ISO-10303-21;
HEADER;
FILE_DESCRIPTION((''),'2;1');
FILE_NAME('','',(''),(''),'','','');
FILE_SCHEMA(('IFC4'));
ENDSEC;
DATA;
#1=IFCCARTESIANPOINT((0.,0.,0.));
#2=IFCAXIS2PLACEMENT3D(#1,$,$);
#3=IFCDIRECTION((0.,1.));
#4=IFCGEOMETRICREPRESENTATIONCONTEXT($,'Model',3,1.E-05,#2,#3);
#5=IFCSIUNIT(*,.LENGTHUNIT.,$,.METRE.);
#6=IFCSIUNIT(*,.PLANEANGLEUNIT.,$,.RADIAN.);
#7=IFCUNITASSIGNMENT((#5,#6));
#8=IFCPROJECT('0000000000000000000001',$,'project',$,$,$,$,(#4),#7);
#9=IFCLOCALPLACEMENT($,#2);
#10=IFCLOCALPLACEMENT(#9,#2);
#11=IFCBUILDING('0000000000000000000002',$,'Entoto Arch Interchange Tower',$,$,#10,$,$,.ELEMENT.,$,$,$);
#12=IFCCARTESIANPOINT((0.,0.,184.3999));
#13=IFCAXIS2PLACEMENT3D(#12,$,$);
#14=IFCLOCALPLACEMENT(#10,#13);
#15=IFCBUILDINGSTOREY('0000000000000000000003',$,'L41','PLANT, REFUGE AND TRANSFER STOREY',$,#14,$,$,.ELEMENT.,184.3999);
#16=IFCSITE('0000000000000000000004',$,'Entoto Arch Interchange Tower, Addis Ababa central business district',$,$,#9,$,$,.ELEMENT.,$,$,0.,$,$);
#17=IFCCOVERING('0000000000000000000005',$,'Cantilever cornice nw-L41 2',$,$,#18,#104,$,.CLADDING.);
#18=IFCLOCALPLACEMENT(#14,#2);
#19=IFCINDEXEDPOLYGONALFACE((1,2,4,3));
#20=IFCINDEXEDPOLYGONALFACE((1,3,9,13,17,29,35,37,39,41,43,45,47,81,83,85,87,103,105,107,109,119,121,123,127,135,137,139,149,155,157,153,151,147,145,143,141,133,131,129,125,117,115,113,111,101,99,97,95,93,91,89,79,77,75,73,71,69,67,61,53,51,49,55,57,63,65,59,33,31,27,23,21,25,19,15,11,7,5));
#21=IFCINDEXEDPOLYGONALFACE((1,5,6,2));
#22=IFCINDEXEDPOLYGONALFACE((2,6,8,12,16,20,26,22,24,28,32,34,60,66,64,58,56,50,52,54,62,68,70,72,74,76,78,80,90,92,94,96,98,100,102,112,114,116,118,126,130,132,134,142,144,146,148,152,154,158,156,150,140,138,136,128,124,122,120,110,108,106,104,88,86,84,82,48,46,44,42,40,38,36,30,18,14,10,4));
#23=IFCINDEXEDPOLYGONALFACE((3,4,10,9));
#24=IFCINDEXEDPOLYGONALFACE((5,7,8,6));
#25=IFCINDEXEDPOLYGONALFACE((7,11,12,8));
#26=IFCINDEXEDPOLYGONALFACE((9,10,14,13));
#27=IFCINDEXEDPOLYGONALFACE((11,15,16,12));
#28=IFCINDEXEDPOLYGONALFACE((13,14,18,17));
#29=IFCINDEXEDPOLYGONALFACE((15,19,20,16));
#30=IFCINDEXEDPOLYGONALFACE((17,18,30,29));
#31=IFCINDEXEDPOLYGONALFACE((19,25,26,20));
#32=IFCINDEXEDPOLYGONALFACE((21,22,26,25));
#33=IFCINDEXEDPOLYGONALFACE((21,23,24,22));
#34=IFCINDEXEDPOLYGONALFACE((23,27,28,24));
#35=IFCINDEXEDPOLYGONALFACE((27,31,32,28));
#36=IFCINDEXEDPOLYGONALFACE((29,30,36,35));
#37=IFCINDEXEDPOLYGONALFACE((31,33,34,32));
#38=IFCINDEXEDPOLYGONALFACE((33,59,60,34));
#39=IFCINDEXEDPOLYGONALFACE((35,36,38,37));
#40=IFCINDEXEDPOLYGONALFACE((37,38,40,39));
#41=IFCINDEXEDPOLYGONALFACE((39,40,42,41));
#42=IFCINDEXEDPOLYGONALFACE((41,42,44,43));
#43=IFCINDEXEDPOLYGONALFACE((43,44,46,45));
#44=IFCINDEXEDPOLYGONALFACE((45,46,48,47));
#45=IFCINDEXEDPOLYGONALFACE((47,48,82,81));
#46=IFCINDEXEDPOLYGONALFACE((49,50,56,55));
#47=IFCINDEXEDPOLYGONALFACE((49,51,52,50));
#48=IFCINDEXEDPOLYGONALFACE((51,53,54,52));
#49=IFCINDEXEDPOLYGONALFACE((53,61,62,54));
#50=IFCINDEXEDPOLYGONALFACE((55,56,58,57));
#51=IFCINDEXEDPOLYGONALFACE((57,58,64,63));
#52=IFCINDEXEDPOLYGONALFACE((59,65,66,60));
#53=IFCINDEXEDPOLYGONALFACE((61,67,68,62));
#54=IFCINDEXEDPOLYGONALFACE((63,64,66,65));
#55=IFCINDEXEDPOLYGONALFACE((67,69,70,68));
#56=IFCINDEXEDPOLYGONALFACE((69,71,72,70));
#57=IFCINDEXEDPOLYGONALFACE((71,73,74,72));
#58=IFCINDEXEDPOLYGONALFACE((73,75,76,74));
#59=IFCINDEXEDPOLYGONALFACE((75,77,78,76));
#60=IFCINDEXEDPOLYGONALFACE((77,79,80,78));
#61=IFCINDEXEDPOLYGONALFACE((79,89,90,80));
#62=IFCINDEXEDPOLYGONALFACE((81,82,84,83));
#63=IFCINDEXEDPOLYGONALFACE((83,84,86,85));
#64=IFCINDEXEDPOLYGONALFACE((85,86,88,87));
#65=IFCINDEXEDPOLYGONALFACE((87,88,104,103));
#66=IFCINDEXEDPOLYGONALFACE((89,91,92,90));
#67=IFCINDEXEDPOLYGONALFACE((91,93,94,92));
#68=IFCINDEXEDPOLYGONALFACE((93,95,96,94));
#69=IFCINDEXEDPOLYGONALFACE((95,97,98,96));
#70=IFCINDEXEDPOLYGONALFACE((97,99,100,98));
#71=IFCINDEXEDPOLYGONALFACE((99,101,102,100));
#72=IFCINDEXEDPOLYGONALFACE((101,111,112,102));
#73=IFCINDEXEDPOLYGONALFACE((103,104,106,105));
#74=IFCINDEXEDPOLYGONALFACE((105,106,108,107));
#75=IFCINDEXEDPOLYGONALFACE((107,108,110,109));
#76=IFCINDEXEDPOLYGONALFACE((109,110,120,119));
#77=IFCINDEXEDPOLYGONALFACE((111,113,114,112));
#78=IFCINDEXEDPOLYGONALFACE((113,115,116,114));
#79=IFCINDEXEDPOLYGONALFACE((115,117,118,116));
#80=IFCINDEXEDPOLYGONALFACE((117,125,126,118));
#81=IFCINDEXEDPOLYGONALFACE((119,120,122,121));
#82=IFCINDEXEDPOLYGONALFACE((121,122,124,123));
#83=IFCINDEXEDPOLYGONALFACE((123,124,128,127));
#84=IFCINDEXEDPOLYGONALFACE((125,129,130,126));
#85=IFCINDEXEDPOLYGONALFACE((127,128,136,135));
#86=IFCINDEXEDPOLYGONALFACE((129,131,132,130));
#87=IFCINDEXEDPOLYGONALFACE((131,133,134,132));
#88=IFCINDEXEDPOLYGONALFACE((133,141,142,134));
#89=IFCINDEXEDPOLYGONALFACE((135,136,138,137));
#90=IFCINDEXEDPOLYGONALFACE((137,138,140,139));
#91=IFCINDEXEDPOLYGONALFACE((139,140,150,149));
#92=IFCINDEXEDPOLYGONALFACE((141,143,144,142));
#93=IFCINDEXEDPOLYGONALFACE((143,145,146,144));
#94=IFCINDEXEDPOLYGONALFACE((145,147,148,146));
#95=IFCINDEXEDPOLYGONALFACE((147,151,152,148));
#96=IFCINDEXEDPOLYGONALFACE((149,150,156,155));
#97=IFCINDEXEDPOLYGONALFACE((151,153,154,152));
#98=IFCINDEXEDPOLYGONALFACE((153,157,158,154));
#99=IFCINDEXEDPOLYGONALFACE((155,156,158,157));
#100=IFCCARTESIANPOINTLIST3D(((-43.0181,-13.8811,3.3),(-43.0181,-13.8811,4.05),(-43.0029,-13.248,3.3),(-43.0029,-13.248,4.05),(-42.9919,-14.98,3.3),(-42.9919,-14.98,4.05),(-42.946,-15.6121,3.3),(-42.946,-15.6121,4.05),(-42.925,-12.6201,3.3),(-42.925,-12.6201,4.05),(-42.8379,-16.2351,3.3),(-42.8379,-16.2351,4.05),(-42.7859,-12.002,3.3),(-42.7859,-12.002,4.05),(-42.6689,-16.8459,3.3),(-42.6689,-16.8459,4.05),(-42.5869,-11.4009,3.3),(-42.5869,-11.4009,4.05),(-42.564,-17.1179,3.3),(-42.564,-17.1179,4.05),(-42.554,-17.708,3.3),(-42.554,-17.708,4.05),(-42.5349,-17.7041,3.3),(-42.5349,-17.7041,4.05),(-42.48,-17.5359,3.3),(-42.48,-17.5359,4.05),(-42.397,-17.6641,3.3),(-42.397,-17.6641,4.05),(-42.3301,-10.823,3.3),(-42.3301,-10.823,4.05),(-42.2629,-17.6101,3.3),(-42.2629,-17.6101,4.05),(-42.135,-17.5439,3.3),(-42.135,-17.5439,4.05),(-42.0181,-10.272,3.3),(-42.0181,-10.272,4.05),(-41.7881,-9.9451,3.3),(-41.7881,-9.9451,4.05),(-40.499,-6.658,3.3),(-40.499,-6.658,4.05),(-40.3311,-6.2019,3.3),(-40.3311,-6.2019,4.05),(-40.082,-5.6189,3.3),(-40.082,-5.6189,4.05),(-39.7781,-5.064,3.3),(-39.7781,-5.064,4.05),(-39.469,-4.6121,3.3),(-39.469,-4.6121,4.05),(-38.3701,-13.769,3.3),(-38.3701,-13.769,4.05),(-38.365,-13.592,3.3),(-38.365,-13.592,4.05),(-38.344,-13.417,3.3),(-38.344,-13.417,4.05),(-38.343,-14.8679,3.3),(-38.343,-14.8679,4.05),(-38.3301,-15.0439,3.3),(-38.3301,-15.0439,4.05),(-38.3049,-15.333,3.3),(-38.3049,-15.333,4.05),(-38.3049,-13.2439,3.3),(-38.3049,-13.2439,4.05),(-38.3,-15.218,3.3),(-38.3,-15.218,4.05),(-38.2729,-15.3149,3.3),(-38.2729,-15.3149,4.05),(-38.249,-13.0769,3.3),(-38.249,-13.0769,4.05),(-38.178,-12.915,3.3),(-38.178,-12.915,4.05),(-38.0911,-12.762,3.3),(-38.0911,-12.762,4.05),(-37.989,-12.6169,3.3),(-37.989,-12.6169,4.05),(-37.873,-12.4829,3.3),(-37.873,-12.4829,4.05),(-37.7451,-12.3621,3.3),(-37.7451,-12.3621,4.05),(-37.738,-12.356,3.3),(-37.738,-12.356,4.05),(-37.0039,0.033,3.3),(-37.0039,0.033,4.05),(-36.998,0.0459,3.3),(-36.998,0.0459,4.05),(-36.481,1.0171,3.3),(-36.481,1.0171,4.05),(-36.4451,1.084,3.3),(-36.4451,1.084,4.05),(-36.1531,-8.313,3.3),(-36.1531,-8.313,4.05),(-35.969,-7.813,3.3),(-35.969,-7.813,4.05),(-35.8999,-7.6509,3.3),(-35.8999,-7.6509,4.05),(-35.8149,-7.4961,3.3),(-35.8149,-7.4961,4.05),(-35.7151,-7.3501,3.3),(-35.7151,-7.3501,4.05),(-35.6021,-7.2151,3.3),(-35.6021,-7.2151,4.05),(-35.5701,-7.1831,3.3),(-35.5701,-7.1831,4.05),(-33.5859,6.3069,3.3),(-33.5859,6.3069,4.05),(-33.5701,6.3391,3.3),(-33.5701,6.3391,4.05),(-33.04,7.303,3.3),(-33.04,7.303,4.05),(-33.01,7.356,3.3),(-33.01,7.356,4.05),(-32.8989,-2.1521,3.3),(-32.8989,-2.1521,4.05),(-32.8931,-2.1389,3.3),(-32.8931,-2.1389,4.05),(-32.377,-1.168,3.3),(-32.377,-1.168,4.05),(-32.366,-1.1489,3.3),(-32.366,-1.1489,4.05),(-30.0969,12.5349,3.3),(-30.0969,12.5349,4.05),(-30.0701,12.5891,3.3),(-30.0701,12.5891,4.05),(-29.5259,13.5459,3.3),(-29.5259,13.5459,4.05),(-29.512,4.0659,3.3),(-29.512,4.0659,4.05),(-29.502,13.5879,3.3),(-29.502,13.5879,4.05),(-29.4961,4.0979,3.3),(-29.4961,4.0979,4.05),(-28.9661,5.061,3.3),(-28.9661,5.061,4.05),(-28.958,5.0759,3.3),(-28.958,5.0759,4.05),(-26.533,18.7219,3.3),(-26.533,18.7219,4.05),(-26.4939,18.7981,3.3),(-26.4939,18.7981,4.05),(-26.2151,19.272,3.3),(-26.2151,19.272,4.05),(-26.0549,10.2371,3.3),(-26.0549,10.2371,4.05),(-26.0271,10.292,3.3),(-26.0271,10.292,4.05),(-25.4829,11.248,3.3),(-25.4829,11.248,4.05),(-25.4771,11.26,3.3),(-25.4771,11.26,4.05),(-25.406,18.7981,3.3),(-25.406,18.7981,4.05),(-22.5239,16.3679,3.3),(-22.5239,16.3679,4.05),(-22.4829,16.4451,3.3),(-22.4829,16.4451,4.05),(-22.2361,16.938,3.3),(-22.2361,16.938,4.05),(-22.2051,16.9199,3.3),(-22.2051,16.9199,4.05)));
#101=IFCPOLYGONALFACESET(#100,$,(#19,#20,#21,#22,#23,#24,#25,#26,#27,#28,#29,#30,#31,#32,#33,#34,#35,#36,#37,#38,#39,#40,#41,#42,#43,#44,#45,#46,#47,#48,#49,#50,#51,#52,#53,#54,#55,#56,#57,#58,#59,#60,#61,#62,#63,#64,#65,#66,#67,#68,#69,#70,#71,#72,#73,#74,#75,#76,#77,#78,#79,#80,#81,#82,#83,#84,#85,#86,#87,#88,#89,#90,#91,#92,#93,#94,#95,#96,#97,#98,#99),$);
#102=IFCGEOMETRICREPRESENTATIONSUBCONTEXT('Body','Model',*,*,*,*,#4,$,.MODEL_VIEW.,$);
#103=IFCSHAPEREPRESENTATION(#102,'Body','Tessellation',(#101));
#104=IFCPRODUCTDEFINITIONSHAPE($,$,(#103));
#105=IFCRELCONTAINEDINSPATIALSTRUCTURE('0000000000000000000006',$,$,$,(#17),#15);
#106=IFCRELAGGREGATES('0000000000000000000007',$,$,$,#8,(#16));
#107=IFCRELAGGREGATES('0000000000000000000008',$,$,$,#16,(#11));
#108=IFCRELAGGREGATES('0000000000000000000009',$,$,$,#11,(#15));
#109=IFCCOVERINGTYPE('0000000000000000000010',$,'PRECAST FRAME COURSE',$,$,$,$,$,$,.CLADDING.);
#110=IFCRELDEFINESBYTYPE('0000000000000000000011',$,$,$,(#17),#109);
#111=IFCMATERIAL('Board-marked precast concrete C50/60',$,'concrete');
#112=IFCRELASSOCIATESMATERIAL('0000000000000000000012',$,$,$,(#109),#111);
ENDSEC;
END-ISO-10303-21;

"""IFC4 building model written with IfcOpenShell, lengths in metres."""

from ifc_helpers import new_model, si_unit, direction, frame, origin, place, context, subcontext, project, spatial, polyline, outline, extrude, material, type_object, element, save


model = new_model("IFC4")

# Units and contexts
model_context = context("Model", 3, precision=1e-05, world=origin(), true_north=direction((0.0, 1.0)))
body_context = subcontext(model_context, "Body", "Model", "MODEL_VIEW")
ifc_project = project(units=[si_unit("LENGTHUNIT", "METRE"), si_unit("PLANEANGLEUNIT", "RADIAN")], contexts=[model_context])

# Site, building, storey
site_placement = place(None, origin())
site = spatial("IfcSite", under=ifc_project, at=site_placement, Name="Entoto Arch Interchange Tower, Addis Ababa central business district", CompositionType="ELEMENT", RefElevation=0.0)
building_placement = place(site_placement, origin())
building = spatial("IfcBuilding", under=site, at=building_placement, Name="Entoto Arch Interchange Tower", CompositionType="ELEMENT")
storey_placement = place(building_placement, frame((0.0, 0.0, 184.3999)))
storey = spatial("IfcBuildingStorey", under=building, at=storey_placement, Name="L41", Description="PLANT, REFUGE AND TRANSFER STOREY", CompositionType="ELEMENT", Elevation=184.3999)

# Covering
ifc_material_1 = material(Name="Board-marked precast concrete C50/60", Category="concrete")
covering_type_1 = type_object("IfcCoveringType", Name="PRECAST FRAME COURSE", PredefinedType="CLADDING", material=ifc_material_1)
covering_1_placement = place(storey_placement, frame((0.0, 0.0, 3.3)))
element("IfcCovering", 1, at=covering_1_placement, inside=storey, type_object=covering_type_1, Name="Cantilever cornice nw-L41 2", PredefinedType="CLADDING", context=body_context, shape_type="SweptSolid", body=[
    extrude(outline(polyline([(-42.2629, -17.6101), (-42.397, -17.6641), (-42.5349, -17.7041), (-42.554, -17.708), (-42.48, -17.5359), (-42.564, -17.1179), (-42.6689, -16.8459), (-42.8379, -16.2351), (-42.946, -15.6121), (-42.9919, -14.98), (-43.0181, -13.8811), (-43.0029, -13.248), (-42.925, -12.6201), (-42.7859, -12.002), (-42.5869, -11.4009), (-42.3301, -10.823), (-42.0181, -10.272), (-41.7881, -9.9451), (-40.499, -6.658), (-40.3311, -6.2019), (-40.082, -5.6189), (-39.7781, -5.064), (-39.469, -4.6121), (-37.0039, 0.033), (-36.998, 0.0459), (-36.481, 1.0171), (-36.4451, 1.084), (-33.5859, 6.3069), (-33.5701, 6.3391), (-33.04, 7.303), (-33.01, 7.356), (-30.0969, 12.5349), (-30.0701, 12.5891), (-29.5259, 13.5459), (-29.502, 13.5879), (-26.533, 18.7219), (-26.4939, 18.7981), (-26.2151, 19.272), (-25.406, 18.7981), (-22.2361, 16.938), (-22.2051, 16.9199), (-22.4829, 16.4451), (-22.5239, 16.3679), (-25.4771, 11.26), (-25.4829, 11.248), (-26.0271, 10.292), (-26.0549, 10.2371), (-28.958, 5.0759), (-28.9661, 5.061), (-29.4961, 4.0979), (-29.512, 4.0659), (-32.366, -1.1489), (-32.377, -1.168), (-32.8931, -2.1389), (-32.8989, -2.1521), (-35.5701, -7.1831), (-35.6021, -7.2151), (-35.7151, -7.3501), (-35.8149, -7.4961), (-35.8999, -7.6509), (-35.969, -7.813), (-36.1531, -8.313), (-37.738, -12.356), (-37.7451, -12.3621), (-37.873, -12.4829), (-37.989, -12.6169), (-38.0911, -12.762), (-38.178, -12.915), (-38.249, -13.0769), (-38.3049, -13.2439), (-38.344, -13.417), (-38.365, -13.592), (-38.3701, -13.769), (-38.343, -14.8679), (-38.3301, -15.0439), (-38.3, -15.218), (-38.2729, -15.3149), (-38.3049, -15.333), (-42.135, -17.5439), (-42.2629, -17.6101)])), origin(), (0.0, 0.0, 1.0), 0.75),
])

save(model, "model.ifc")
